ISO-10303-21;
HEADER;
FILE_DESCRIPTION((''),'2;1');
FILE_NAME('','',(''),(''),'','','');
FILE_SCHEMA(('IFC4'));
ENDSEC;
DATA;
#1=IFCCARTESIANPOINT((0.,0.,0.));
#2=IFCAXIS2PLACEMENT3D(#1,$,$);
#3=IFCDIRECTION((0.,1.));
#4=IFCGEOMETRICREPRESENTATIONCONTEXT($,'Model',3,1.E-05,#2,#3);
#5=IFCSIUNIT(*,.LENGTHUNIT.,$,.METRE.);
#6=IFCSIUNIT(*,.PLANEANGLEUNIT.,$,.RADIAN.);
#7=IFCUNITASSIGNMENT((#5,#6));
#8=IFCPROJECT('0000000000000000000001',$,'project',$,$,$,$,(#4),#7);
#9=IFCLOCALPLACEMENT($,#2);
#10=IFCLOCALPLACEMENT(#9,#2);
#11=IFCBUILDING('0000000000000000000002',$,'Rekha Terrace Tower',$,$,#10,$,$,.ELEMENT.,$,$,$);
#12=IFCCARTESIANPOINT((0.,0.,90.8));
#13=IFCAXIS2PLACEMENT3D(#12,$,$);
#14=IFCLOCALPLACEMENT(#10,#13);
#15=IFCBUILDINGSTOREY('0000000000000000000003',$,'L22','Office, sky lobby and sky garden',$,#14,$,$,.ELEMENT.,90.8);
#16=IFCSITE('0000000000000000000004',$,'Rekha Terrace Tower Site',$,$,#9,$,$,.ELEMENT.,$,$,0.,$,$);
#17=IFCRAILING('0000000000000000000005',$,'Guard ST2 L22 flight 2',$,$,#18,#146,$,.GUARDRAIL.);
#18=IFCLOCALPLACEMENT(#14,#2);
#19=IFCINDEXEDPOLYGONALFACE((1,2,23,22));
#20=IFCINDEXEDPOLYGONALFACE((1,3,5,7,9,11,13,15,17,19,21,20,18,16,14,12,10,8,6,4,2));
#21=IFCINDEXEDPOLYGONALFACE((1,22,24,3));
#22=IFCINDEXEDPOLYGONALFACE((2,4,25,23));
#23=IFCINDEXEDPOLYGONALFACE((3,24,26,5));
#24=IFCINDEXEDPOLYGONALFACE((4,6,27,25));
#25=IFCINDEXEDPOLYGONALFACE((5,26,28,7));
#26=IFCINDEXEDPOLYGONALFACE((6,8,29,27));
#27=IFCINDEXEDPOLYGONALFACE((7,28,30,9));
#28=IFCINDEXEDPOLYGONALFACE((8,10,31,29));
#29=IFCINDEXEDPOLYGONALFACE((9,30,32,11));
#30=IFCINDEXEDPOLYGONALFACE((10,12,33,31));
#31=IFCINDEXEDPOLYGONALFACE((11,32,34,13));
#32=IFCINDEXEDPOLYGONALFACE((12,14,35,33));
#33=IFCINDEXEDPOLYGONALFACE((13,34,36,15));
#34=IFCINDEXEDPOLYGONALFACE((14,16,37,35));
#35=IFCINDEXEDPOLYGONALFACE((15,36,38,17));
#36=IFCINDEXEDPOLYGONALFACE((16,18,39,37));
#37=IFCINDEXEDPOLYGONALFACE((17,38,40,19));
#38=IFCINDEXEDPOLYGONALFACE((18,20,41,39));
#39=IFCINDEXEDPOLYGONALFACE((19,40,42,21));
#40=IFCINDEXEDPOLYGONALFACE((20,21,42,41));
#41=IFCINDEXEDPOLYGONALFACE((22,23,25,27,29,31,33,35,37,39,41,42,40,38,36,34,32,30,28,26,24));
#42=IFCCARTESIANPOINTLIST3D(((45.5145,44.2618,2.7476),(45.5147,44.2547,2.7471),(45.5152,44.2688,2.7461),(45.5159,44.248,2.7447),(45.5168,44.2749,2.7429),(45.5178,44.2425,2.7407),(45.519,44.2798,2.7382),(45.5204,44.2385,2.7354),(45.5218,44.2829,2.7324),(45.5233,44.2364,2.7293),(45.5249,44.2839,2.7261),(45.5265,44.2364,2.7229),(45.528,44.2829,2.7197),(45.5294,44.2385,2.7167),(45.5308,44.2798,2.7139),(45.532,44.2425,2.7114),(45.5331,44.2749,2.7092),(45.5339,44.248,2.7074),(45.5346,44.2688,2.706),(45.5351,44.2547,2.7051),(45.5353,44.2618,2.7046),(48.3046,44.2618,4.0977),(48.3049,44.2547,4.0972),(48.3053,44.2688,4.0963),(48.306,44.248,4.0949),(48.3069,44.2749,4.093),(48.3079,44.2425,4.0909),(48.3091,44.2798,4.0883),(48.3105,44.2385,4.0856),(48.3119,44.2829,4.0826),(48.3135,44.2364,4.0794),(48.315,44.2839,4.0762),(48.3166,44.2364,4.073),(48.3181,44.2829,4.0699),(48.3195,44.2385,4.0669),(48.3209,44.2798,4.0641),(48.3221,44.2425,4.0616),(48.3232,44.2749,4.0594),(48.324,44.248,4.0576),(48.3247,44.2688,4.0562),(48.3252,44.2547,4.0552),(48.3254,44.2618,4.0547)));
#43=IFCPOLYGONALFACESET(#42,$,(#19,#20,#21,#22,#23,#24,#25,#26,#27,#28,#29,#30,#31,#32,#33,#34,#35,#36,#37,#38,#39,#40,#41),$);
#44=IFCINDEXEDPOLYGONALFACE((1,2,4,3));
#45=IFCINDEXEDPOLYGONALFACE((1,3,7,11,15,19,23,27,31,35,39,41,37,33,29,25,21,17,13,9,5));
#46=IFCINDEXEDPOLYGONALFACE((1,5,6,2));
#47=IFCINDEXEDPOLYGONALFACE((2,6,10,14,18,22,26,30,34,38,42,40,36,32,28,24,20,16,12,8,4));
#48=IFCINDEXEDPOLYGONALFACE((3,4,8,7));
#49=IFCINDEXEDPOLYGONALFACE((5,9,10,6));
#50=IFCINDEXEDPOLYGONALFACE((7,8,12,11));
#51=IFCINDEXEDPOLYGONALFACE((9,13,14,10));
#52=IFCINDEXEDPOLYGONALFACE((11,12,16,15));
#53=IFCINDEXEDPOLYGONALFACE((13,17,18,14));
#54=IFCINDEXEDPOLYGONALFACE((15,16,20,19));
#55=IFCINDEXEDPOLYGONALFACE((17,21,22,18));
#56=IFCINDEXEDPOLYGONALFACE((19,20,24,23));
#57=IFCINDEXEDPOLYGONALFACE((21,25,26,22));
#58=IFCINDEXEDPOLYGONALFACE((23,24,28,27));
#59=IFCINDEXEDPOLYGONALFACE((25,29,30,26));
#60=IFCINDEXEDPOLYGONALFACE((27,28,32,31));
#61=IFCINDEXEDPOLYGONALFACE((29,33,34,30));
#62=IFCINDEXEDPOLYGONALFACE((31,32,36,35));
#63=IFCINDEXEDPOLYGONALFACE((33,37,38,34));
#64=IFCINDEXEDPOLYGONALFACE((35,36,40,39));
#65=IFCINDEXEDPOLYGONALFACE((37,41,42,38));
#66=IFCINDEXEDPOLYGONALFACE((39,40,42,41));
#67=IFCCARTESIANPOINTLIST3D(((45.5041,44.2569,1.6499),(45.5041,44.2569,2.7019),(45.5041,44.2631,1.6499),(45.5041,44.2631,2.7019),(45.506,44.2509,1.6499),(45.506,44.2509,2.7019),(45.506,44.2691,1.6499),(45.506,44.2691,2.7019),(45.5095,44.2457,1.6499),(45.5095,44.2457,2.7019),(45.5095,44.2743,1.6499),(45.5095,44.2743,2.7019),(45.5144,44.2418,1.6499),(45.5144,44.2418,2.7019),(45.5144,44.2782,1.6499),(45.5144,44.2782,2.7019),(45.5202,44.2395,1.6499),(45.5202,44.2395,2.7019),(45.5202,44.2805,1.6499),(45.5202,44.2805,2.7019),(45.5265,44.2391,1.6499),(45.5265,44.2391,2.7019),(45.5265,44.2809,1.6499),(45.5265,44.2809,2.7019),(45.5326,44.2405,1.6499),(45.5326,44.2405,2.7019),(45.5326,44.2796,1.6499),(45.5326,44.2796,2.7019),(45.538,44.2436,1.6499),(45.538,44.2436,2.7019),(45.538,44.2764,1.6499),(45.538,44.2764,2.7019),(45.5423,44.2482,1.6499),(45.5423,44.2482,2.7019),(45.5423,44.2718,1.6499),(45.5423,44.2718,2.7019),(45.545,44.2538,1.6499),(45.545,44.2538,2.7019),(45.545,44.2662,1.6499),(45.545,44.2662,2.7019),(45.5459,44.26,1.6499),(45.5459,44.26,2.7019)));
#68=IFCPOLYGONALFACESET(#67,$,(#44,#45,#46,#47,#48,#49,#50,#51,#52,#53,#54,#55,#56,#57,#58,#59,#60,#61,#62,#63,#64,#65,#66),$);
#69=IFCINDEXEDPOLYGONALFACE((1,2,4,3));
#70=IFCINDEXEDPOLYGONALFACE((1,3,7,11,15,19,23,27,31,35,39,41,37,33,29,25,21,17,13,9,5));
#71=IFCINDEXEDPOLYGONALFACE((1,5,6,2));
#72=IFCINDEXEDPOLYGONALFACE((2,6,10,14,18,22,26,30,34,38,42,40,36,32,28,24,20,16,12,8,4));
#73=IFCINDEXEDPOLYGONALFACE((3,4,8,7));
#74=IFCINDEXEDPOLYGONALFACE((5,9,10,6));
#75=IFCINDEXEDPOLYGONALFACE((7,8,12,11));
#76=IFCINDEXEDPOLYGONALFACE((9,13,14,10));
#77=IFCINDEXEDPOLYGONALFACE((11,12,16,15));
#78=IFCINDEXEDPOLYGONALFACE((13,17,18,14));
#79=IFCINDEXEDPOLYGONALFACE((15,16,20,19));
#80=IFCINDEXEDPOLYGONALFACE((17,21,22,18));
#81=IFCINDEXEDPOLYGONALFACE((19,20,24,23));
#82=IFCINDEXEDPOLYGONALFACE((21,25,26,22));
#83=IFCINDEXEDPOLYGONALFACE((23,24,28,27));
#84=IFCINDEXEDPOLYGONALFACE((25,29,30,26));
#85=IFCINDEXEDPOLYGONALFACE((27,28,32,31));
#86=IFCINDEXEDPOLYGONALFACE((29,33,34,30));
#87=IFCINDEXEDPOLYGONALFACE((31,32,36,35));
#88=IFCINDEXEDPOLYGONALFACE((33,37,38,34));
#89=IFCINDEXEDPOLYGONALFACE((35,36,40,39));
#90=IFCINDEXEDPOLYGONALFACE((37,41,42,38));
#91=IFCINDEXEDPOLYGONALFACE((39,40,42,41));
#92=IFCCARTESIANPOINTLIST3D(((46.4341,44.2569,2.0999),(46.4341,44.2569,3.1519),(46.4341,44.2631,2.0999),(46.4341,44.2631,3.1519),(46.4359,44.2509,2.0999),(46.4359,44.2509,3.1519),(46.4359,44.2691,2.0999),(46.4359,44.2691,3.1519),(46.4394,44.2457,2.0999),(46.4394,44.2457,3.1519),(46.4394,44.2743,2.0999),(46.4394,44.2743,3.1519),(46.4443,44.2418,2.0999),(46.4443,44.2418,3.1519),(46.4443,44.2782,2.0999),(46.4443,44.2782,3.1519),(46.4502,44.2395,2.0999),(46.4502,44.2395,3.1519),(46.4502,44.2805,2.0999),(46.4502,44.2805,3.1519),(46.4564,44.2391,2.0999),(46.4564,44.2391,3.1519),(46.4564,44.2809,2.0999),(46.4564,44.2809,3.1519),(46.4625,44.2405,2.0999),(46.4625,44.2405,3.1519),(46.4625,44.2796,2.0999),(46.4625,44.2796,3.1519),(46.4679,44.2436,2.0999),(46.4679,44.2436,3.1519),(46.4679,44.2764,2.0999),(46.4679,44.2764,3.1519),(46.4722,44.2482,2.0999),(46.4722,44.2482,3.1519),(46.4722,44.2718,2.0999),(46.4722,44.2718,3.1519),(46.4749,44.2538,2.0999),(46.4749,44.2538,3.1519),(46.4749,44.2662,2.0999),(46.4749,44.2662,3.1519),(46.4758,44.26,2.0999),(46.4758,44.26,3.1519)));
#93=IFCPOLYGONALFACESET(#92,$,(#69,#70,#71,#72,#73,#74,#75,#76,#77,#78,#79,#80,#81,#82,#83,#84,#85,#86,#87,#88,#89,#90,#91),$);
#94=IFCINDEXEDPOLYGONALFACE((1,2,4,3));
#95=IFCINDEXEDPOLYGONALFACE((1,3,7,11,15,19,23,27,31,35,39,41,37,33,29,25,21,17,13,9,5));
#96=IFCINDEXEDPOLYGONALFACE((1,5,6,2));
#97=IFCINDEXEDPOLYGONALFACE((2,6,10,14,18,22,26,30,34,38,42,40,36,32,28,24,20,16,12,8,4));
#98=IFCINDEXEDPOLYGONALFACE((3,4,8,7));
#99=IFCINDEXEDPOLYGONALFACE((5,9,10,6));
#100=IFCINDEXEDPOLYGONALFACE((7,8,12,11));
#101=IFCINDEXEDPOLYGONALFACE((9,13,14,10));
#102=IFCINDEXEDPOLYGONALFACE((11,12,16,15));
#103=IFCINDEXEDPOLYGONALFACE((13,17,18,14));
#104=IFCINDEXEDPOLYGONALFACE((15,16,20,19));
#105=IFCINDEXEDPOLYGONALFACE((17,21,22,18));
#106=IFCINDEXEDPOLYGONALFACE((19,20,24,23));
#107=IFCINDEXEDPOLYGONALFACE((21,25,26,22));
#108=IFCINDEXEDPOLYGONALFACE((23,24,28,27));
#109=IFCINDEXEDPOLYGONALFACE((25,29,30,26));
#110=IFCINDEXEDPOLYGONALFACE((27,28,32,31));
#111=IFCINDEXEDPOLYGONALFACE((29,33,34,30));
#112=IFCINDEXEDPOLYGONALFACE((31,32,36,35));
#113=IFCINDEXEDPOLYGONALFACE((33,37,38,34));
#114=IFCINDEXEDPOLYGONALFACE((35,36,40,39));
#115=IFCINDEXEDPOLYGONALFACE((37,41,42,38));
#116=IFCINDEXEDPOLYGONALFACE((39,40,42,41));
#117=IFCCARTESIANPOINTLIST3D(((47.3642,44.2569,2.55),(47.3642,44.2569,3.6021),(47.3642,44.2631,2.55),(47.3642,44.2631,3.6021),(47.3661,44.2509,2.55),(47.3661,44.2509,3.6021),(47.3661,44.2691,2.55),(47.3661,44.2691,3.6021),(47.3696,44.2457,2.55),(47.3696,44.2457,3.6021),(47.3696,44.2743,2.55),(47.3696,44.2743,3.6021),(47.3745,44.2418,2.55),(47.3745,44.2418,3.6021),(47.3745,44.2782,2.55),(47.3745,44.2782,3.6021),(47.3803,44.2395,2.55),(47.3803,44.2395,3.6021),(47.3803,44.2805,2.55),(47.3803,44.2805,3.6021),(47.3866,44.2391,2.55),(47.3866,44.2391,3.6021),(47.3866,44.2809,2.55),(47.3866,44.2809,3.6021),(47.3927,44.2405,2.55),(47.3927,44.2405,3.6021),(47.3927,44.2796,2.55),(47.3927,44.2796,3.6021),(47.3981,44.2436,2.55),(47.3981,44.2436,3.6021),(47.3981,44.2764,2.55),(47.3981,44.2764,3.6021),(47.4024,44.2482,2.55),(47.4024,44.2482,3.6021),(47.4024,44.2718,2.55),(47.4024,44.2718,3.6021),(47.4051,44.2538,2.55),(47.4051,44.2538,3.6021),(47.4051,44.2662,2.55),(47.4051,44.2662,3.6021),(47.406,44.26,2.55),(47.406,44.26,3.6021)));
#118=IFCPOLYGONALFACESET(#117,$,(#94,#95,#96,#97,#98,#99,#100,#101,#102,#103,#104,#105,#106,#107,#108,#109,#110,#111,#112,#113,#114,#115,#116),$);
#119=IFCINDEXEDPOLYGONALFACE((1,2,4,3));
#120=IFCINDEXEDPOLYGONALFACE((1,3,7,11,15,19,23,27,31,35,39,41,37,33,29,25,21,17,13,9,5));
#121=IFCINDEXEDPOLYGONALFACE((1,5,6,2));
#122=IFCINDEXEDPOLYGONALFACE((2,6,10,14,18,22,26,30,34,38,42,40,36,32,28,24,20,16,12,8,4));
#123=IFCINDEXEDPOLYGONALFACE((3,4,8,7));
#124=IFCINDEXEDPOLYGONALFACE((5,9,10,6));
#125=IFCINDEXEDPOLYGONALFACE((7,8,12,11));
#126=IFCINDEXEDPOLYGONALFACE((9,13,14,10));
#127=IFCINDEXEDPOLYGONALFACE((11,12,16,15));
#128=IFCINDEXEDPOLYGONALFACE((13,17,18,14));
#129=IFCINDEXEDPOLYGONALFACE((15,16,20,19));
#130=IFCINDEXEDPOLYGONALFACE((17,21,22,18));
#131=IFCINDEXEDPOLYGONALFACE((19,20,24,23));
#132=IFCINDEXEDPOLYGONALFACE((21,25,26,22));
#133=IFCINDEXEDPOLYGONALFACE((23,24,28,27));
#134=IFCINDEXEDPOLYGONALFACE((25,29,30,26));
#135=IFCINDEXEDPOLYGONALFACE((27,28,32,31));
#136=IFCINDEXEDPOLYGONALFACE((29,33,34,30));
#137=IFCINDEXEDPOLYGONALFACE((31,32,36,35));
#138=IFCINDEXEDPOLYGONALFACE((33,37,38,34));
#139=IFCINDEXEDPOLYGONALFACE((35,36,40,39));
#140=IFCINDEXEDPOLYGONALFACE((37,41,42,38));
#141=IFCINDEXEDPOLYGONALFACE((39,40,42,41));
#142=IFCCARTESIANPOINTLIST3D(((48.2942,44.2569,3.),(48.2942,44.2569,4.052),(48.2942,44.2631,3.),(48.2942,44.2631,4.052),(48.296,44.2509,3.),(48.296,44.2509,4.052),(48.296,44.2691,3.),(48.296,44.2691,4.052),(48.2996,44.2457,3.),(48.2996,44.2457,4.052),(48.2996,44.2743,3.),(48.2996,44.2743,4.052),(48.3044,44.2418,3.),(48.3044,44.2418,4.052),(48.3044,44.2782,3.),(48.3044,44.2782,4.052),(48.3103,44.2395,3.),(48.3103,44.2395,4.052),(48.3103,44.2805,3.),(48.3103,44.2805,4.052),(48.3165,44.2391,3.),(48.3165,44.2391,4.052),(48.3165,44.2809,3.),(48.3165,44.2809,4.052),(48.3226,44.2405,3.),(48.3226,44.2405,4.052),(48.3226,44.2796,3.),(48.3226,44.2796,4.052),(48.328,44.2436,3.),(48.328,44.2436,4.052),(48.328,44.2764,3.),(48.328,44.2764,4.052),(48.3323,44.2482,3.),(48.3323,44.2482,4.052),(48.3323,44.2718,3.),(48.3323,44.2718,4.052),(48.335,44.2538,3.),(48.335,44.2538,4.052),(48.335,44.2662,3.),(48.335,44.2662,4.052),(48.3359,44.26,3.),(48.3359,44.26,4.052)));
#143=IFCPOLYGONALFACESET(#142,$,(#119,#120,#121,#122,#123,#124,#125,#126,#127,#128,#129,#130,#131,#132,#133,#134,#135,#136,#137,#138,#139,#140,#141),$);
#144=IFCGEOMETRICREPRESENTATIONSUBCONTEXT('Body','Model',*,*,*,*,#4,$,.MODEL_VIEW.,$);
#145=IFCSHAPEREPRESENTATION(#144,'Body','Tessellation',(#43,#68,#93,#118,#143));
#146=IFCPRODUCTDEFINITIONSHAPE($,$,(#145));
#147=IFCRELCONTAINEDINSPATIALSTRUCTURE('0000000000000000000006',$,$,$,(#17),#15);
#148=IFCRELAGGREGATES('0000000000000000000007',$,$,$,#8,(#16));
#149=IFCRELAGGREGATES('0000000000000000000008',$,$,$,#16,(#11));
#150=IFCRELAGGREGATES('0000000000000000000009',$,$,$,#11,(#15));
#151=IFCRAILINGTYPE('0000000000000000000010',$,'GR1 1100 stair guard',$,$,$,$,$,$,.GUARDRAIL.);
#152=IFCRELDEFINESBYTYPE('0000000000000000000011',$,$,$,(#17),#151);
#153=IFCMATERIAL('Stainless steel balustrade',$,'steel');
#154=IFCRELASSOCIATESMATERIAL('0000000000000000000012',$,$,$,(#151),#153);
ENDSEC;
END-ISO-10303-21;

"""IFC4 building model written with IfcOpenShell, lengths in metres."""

from ifc_helpers import new_model, si_unit, direction, frame, origin, origin_2d, place, context, subcontext, project, spatial, circle, extrude, material, type_object, element, save


model = new_model("IFC4")

# Units and contexts
model_context = context("Model", 3, precision=1e-05, world=origin(), true_north=direction((0.0, 1.0)))
body_context = subcontext(model_context, "Body", "Model", "MODEL_VIEW")
ifc_project = project(units=[si_unit("LENGTHUNIT", "METRE"), si_unit("PLANEANGLEUNIT", "RADIAN")], contexts=[model_context])

# Site, building, storey
site_placement = place(None, origin())
site = spatial("IfcSite", under=ifc_project, at=site_placement, Name="Rekha Terrace Tower Site", CompositionType="ELEMENT", RefElevation=0.0)
building_placement = place(site_placement, origin())
building = spatial("IfcBuilding", under=site, at=building_placement, Name="Rekha Terrace Tower", CompositionType="ELEMENT")
storey_placement = place(building_placement, frame((0.0, 0.0, 90.8)))
storey = spatial("IfcBuildingStorey", under=building, at=storey_placement, Name="L22", Description="Office, sky lobby and sky garden", CompositionType="ELEMENT", Elevation=90.8)

# Railing
ifc_material_1 = material(Name="Stainless steel balustrade", Category="steel")
railing_type_1 = type_object("IfcRailingType", Name="GR1 1100 stair guard", PredefinedType="GUARDRAIL", material=ifc_material_1)
railing_1_placement = place(storey_placement, frame((45.5249, 44.26, 1.6499)))
element("IfcRailing", 1, at=railing_1_placement, inside=storey, type_object=railing_type_1, Name="Guard ST2 L22 flight 2", PredefinedType="GUARDRAIL", context=body_context, shape_type="SweptSolid", body=[
    extrude(circle(Radius=0.0239, at=origin_2d()), frame((0.0, 0.0, 1.0762), z_axis=(0.900149, 0.0, 0.435582), x_axis=(0.0, 1.0, 0.0)), (0.0, 0.0, 1.0), 3.0996),
    extrude(circle(Radius=0.021, at=origin_2d()), origin(), (0.0, 0.0, 1.0), 1.052),
    extrude(circle(Radius=0.021, at=origin_2d()), frame((0.9299, 0.0, 0.45)), (0.0, 0.0, 1.0), 1.052),
    extrude(circle(Radius=0.021, at=origin_2d()), frame((1.8601, 0.0, 0.9001)), (0.0, 0.0, 1.0), 1.052),
    extrude(circle(Radius=0.021, at=origin_2d()), frame((2.79, 0.0, 1.3501)), (0.0, 0.0, 1.0), 1.052),
])

save(model, "model.ifc")
